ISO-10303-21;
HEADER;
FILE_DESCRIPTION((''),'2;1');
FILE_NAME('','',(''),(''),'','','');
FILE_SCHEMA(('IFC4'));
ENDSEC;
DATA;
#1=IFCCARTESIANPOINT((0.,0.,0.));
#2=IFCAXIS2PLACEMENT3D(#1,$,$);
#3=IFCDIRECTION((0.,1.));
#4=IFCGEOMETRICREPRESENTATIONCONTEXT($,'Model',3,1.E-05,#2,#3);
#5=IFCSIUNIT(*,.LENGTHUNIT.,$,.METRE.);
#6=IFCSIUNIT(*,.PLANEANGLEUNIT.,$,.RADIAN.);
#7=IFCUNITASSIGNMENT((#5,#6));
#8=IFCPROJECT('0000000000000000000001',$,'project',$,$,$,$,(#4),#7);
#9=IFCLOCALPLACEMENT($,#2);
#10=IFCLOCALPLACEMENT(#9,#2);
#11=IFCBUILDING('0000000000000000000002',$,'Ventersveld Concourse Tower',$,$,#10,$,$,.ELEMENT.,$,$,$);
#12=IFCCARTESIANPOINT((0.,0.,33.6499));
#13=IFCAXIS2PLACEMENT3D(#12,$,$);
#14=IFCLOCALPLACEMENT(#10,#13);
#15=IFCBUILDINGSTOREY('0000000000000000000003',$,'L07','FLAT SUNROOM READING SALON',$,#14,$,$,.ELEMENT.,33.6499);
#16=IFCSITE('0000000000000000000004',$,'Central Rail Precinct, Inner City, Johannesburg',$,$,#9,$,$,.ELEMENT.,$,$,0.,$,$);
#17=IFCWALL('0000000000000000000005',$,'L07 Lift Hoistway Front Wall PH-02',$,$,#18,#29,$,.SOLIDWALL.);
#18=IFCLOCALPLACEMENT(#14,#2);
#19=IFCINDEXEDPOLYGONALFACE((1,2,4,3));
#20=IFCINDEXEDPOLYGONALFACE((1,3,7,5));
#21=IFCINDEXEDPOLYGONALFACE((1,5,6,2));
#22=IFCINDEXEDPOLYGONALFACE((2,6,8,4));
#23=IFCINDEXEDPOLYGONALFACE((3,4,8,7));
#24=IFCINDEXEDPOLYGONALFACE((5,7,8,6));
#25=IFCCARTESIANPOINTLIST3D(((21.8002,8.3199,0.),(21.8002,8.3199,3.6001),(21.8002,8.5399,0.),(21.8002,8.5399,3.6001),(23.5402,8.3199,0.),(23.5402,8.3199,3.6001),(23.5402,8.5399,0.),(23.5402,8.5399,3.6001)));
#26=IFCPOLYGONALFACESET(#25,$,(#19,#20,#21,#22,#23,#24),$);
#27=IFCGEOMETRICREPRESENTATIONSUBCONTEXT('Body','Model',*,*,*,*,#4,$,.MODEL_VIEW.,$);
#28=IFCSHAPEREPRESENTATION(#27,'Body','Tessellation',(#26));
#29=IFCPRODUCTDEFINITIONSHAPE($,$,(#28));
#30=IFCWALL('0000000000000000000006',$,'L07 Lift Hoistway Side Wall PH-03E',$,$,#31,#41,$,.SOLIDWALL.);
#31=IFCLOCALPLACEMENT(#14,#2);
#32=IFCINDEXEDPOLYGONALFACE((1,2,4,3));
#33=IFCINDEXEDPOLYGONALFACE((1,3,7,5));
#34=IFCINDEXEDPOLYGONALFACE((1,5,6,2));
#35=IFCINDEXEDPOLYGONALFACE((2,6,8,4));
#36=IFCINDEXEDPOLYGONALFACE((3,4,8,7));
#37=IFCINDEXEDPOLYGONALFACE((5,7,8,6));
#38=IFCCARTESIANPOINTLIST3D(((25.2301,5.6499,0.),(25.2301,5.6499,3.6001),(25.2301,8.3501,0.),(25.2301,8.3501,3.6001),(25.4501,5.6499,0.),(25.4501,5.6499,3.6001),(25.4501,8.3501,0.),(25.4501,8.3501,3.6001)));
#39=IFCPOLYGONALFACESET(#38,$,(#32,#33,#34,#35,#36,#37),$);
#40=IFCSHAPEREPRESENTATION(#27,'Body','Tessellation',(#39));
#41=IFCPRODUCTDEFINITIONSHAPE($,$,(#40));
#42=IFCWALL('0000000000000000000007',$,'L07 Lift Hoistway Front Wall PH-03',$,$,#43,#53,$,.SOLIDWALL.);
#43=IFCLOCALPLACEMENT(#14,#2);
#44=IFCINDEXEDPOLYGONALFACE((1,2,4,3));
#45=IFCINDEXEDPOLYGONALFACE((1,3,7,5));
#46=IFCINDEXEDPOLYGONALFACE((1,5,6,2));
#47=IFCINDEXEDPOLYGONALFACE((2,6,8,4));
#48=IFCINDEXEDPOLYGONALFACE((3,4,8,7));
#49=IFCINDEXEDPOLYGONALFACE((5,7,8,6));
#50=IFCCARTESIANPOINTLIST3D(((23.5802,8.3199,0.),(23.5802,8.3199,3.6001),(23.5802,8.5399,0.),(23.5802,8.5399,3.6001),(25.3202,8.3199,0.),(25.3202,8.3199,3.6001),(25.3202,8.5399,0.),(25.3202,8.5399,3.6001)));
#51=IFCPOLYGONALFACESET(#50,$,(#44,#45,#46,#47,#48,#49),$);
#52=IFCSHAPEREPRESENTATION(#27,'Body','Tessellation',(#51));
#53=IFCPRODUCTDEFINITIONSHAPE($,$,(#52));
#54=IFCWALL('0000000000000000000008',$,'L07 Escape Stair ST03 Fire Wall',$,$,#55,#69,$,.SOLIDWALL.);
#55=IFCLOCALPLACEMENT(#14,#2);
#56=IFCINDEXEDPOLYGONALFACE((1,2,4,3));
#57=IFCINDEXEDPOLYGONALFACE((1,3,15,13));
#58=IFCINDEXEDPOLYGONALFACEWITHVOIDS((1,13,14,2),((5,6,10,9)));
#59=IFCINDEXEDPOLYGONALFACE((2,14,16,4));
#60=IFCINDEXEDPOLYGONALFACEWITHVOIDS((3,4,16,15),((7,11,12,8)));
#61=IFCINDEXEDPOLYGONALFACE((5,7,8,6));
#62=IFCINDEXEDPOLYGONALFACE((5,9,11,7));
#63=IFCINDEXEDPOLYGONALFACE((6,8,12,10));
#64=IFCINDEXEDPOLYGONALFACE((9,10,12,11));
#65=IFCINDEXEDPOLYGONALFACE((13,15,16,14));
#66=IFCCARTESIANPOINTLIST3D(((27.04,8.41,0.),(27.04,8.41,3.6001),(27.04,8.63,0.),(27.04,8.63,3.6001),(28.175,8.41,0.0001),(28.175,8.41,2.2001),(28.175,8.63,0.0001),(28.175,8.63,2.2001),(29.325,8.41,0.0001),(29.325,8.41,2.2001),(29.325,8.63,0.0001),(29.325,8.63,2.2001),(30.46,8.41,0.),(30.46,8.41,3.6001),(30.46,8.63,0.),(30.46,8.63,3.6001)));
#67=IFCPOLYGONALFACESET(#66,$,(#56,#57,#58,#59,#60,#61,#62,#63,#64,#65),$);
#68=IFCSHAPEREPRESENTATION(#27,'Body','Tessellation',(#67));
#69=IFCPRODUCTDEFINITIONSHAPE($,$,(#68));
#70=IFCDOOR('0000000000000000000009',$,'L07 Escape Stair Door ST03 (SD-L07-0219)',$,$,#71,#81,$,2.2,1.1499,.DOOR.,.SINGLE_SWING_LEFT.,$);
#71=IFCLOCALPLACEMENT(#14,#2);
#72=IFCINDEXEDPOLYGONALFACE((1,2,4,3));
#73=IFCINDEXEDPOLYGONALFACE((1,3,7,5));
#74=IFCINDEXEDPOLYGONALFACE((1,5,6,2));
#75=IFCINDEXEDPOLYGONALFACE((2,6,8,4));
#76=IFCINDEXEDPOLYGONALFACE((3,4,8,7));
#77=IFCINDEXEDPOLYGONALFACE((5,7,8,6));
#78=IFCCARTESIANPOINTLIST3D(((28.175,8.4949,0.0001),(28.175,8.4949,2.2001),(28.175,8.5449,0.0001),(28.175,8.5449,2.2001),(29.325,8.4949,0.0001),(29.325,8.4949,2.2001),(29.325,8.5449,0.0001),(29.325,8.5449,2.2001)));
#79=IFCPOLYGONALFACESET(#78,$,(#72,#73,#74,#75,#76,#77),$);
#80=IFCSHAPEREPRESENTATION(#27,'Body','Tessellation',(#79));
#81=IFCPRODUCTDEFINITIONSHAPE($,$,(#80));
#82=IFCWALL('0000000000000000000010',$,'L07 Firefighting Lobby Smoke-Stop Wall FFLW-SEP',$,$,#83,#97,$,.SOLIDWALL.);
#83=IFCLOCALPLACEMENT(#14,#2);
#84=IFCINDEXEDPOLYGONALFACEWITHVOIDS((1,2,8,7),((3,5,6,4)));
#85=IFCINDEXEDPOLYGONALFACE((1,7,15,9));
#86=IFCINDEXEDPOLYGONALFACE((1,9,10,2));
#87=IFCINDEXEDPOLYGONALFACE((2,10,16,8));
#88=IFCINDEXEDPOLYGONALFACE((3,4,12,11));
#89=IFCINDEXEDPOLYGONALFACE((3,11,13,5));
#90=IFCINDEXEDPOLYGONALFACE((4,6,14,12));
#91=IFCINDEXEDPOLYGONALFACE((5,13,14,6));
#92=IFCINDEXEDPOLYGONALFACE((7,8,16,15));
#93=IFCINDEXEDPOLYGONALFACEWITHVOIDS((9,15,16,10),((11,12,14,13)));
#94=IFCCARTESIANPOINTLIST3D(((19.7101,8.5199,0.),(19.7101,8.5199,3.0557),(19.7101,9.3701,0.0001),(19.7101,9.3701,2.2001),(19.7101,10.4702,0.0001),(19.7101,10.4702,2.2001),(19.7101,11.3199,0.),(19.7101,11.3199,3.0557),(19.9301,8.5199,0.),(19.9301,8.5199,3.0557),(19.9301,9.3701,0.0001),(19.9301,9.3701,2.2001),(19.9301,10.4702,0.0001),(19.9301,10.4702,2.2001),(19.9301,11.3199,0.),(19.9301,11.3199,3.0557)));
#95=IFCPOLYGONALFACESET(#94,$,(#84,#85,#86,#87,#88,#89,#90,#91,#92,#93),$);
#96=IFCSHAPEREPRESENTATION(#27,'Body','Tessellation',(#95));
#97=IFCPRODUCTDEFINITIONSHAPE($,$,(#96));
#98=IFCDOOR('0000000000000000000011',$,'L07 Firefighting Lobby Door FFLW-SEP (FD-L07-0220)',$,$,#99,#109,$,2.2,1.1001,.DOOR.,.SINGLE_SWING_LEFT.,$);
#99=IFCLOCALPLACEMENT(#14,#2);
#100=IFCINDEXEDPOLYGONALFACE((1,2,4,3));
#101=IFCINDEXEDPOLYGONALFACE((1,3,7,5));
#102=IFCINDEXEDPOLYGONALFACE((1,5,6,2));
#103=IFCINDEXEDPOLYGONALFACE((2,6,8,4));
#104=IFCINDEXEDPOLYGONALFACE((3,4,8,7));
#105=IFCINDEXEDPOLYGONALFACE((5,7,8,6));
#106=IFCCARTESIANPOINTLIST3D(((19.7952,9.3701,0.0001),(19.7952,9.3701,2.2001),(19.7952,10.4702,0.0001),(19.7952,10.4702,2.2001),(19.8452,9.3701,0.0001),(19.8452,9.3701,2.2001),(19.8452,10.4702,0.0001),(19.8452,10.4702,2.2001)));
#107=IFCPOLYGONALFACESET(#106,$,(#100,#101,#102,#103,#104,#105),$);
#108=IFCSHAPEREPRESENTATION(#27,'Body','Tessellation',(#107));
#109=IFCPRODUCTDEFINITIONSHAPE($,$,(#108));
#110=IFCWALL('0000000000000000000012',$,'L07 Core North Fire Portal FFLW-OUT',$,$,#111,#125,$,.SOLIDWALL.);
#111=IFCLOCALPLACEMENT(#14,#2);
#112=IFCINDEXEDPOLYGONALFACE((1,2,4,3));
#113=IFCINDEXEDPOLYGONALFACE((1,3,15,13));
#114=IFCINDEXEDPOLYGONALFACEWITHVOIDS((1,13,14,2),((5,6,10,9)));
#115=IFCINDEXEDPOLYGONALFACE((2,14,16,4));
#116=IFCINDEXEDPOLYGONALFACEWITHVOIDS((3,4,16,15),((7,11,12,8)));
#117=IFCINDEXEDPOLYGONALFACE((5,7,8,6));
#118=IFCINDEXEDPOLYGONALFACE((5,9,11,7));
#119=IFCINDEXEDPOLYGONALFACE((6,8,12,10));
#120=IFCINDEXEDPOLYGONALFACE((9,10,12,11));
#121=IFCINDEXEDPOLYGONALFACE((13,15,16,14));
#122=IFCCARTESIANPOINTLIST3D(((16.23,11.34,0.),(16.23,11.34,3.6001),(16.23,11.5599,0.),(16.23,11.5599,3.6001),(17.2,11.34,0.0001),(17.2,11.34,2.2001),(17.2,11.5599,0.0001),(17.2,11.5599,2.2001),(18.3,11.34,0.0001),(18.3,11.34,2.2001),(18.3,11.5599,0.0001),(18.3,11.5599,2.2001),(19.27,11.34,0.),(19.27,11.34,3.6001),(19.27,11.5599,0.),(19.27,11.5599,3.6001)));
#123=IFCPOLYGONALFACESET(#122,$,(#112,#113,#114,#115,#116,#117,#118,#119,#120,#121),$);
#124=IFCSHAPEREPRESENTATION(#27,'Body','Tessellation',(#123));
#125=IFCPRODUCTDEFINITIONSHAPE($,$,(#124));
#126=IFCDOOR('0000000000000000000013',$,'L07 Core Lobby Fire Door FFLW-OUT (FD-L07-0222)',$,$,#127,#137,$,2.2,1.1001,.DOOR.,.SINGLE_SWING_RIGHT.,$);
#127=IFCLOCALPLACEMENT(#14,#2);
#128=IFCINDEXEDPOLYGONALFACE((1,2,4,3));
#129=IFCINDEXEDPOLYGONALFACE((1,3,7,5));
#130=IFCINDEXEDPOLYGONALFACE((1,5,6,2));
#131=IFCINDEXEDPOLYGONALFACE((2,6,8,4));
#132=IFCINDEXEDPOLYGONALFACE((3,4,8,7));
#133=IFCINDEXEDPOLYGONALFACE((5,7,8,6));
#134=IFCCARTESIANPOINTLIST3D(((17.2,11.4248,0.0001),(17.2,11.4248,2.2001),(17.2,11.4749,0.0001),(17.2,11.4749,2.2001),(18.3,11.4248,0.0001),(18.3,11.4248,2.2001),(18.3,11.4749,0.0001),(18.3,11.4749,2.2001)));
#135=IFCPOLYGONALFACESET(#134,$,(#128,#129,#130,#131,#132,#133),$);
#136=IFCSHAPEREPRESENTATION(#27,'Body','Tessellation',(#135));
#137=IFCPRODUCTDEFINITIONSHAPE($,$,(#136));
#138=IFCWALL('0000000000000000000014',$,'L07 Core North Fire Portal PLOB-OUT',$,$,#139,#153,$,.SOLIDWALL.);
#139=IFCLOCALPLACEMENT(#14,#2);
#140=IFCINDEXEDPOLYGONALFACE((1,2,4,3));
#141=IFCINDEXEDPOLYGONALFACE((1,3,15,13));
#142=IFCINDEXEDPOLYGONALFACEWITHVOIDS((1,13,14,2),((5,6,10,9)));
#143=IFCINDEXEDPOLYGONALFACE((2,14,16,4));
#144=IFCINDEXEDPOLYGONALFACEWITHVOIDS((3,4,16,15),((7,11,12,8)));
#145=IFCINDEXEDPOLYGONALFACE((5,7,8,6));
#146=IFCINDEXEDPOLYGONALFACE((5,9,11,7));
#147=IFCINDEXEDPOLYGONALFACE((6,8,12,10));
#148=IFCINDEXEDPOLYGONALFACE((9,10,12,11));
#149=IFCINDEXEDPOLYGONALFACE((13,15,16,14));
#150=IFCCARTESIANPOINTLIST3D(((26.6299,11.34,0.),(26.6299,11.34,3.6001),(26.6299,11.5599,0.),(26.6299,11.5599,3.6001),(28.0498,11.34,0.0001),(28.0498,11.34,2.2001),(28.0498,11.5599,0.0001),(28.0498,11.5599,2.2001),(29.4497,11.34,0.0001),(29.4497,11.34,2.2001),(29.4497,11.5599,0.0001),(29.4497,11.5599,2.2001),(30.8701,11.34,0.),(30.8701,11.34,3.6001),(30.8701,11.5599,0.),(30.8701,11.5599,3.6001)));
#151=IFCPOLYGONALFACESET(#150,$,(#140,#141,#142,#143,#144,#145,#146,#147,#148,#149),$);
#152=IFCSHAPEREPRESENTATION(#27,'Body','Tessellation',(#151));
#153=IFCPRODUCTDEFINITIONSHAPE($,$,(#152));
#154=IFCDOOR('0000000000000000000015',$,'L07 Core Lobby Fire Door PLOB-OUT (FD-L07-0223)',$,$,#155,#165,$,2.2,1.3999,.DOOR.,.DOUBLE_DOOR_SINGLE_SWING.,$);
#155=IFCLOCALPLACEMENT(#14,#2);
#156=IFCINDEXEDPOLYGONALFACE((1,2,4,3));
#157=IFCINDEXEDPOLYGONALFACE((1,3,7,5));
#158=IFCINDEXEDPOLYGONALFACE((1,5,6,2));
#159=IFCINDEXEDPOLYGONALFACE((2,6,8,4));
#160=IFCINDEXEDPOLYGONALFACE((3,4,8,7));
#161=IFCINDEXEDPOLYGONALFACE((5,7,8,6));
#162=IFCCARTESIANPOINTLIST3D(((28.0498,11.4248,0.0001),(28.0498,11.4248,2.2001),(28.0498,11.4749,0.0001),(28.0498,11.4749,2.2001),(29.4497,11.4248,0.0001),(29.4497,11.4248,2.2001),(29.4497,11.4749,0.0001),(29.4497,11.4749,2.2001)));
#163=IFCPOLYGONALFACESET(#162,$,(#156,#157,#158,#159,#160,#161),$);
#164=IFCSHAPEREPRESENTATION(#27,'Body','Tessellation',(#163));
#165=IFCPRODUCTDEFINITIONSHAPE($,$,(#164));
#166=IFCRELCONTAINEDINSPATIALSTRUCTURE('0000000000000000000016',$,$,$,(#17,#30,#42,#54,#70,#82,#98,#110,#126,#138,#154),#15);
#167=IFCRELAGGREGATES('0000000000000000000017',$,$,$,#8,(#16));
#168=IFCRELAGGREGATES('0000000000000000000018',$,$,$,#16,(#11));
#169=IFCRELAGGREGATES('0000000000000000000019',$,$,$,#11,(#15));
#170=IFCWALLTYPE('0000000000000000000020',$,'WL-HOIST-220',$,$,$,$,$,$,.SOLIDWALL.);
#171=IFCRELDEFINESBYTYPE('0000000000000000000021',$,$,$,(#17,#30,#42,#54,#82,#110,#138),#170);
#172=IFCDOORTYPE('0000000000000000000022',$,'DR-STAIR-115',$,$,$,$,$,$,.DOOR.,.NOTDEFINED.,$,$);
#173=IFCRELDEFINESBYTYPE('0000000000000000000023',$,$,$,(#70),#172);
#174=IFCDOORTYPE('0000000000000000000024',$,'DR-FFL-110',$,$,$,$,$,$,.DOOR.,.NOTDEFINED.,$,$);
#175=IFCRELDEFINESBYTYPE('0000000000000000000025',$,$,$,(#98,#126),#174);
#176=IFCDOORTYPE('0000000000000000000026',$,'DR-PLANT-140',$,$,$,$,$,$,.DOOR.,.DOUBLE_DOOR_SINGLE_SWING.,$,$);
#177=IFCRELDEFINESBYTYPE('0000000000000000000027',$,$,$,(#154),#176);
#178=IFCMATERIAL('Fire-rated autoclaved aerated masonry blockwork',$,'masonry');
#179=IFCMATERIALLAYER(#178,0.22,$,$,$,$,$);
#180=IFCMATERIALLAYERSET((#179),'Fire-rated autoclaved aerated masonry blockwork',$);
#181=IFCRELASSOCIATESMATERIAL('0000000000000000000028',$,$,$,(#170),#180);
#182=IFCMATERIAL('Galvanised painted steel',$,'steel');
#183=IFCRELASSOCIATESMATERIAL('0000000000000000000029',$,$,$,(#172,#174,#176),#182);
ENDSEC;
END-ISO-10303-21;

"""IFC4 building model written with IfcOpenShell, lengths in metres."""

from ifc_helpers import new_model, si_unit, direction, frame, frame_2d, origin, place, context, subcontext, project, spatial, rectangle, extrude, material, layer, layer_set, type_object, element, fill, save


model = new_model("IFC4")

# Units and contexts
model_context = context("Model", 3, precision=1e-05, world=origin(), true_north=direction((0.0, 1.0)))
body_context = subcontext(model_context, "Body", "Model", "MODEL_VIEW")
ifc_project = project(units=[si_unit("LENGTHUNIT", "METRE"), si_unit("PLANEANGLEUNIT", "RADIAN")], contexts=[model_context])

# Site, building, storey
site_placement = place(None, origin())
site = spatial("IfcSite", under=ifc_project, at=site_placement, Name="Central Rail Precinct, Inner City, Johannesburg", CompositionType="ELEMENT", RefElevation=0.0)
building_placement = place(site_placement, origin())
building = spatial("IfcBuilding", under=site, at=building_placement, Name="Ventersveld Concourse Tower", CompositionType="ELEMENT")
storey_placement = place(building_placement, frame((0.0, 0.0, 33.6499)))
storey = spatial("IfcBuildingStorey", under=building, at=storey_placement, Name="L07", Description="FLAT SUNROOM READING SALON", CompositionType="ELEMENT", Elevation=33.6499)

# Shared definitions
ifc_material_1 = material(Name="Fire-rated autoclaved aerated masonry blockwork", Category="masonry")
ifc_layer_1 = layer(ifc_material_1, 0.22)
ifc_layer_set_1 = layer_set([ifc_layer_1], Name="Fire-rated autoclaved aerated masonry blockwork")
wall_type_1 = type_object("IfcWallType", Name="WL-HOIST-220", PredefinedType="SOLIDWALL", material=ifc_layer_set_1)

# Walls
wall_1_placement = place(storey_placement, frame((21.8, 8.4299, 0.0), z_axis=(0.0, 0.0, 1.0), x_axis=(1.0, 0.0, 0.0)))
element("IfcWall", 1, at=wall_1_placement, inside=storey, type_object=wall_type_1, Name="L07 Lift Hoistway Front Wall PH-02", PredefinedType="SOLIDWALL", context=body_context, shape_type="SweptSolid", body=[
    extrude(rectangle(XDim=1.74, YDim=0.22, at=frame_2d((0.8701, 0.0))), origin(), (0.0, 0.0, 1.0), 3.6001),
])
wall_2_placement = place(storey_placement, frame((25.3401, 5.6499, 0.0), z_axis=(0.0, 0.0, 1.0), x_axis=(0.0, 1.0, 0.0)))
element("IfcWall", 2, at=wall_2_placement, inside=storey, type_object=wall_type_1, Name="L07 Lift Hoistway Side Wall PH-03E", PredefinedType="SOLIDWALL", context=body_context, shape_type="SweptSolid", body=[
    extrude(rectangle(XDim=2.7002, YDim=0.22, at=frame_2d((1.3501, 0.0))), origin(), (0.0, 0.0, 1.0), 3.6001),
])
wall_3_placement = place(storey_placement, frame((23.5801, 8.4299, 0.0), z_axis=(0.0, 0.0, 1.0), x_axis=(1.0, 0.0, 0.0)))
element("IfcWall", 3, at=wall_3_placement, inside=storey, type_object=wall_type_1, Name="L07 Lift Hoistway Front Wall PH-03", PredefinedType="SOLIDWALL", context=body_context, shape_type="SweptSolid", body=[
    extrude(rectangle(XDim=1.74, YDim=0.22, at=frame_2d((0.8701, 0.0))), origin(), (0.0, 0.0, 1.0), 3.6001),
])

# Walls, openings, doors
wall_4_placement = place(storey_placement, frame((27.04, 8.52, 0.0), z_axis=(0.0, 0.0, 1.0), x_axis=(1.0, 0.0, 0.0)))
wall_4 = element("IfcWall", 4, at=wall_4_placement, inside=storey, type_object=wall_type_1, Name="L07 Escape Stair ST03 Fire Wall", PredefinedType="SOLIDWALL", context=body_context, shape_type="SweptSolid", body=[
    extrude(rectangle(XDim=3.4199, YDim=0.22, at=frame_2d((1.71, 0.0))), origin(), (0.0, 0.0, 1.0), 3.6001),
])
opening_1_placement = place(wall_4_placement, frame((1.135, 0.0, 0.0)))
opening_1 = element("IfcOpeningElement", 5, at=opening_1_placement, cuts=wall_4, PredefinedType="OPENING", context=body_context, shape_type="SweptSolid", body=[
    extrude(rectangle(XDim=1.1499, YDim=2.2, at=frame_2d((0.575, 1.1001))), frame((0.0, 0.1201, 0.0), z_axis=(0.0, -1.0, 0.0), x_axis=(1.0, 0.0, 0.0)), (0.0, 0.0, 1.0), 0.24),
])
ifc_material_2 = material(Name="Galvanised painted steel", Category="steel")
door_type_1 = type_object("IfcDoorType", Name="DR-STAIR-115", OperationType="NOTDEFINED", PredefinedType="DOOR", material=ifc_material_2)
door_1_placement = place(opening_1_placement, origin())
door_1 = element("IfcDoor", 6, at=door_1_placement, inside=storey, type_object=door_type_1, Name="L07 Escape Stair Door ST03 (SD-L07-0219)", OperationType="SINGLE_SWING_LEFT", OverallHeight=2.2, OverallWidth=1.1499, PredefinedType="DOOR", context=body_context, shape_type="SweptSolid", body=[
    extrude(rectangle(XDim=1.1499, YDim=2.2, at=frame_2d((0.575, 1.1001))), frame((0.0, 0.0249, 0.0), z_axis=(0.0, -1.0, 0.0), x_axis=(1.0, 0.0, 0.0)), (0.0, 0.0, 1.0), 0.05),
])
fill(opening_1, door_1)
wall_5_placement = place(storey_placement, frame((19.8201, 8.52, 0.0), z_axis=(0.0, 0.0, 1.0), x_axis=(0.0, 1.0, 0.0)))
wall_5 = element("IfcWall", 7, at=wall_5_placement, inside=storey, type_object=wall_type_1, Name="L07 Firefighting Lobby Smoke-Stop Wall FFLW-SEP", PredefinedType="SOLIDWALL", context=body_context, shape_type="SweptSolid", body=[
    extrude(rectangle(XDim=2.8, YDim=0.22, at=frame_2d((1.3999, 0.0))), origin(), (0.0, 0.0, 1.0), 3.0557),
])
opening_2_placement = place(wall_5_placement, frame((0.8501, 0.0, 0.0)))
opening_2 = element("IfcOpeningElement", 8, at=opening_2_placement, cuts=wall_5, PredefinedType="OPENING", context=body_context, shape_type="SweptSolid", body=[
    extrude(rectangle(XDim=1.1001, YDim=2.2, at=frame_2d((0.55, 1.1001))), frame((0.0, 0.1201, 0.0), z_axis=(0.0, -1.0, 0.0), x_axis=(1.0, 0.0, 0.0)), (0.0, 0.0, 1.0), 0.24),
])
door_type_2 = type_object("IfcDoorType", Name="DR-FFL-110", OperationType="NOTDEFINED", PredefinedType="DOOR", material=ifc_material_2)
door_2_placement = place(opening_2_placement, origin())
door_2 = element("IfcDoor", 9, at=door_2_placement, inside=storey, type_object=door_type_2, Name="L07 Firefighting Lobby Door FFLW-SEP (FD-L07-0220)", OperationType="SINGLE_SWING_LEFT", OverallHeight=2.2, OverallWidth=1.1001, PredefinedType="DOOR", context=body_context, shape_type="SweptSolid", body=[
    extrude(rectangle(XDim=1.1001, YDim=2.2, at=frame_2d((0.55, 1.1001))), frame((0.0, 0.0249, 0.0), z_axis=(0.0, -1.0, 0.0), x_axis=(1.0, 0.0, 0.0)), (0.0, 0.0, 1.0), 0.05),
])
fill(opening_2, door_2)
wall_6_placement = place(storey_placement, frame((16.23, 11.45, 0.0), z_axis=(0.0, 0.0, 1.0), x_axis=(1.0, 0.0, 0.0)))
wall_6 = element("IfcWall", 10, at=wall_6_placement, inside=storey, type_object=wall_type_1, Name="L07 Core North Fire Portal FFLW-OUT", PredefinedType="SOLIDWALL", context=body_context, shape_type="SweptSolid", body=[
    extrude(rectangle(XDim=3.04, YDim=0.22, at=frame_2d((1.52, 0.0))), origin(), (0.0, 0.0, 1.0), 3.6001),
])
opening_3_placement = place(wall_6_placement, frame((0.97, 0.0, 0.0)))
opening_3 = element("IfcOpeningElement", 11, at=opening_3_placement, cuts=wall_6, PredefinedType="OPENING", context=body_context, shape_type="SweptSolid", body=[
    extrude(rectangle(XDim=1.1001, YDim=2.2, at=frame_2d((0.55, 1.1001))), frame((0.0, 0.1201, 0.0), z_axis=(0.0, -1.0, 0.0), x_axis=(1.0, 0.0, 0.0)), (0.0, 0.0, 1.0), 0.24),
])
door_3_placement = place(opening_3_placement, origin())
door_3 = element("IfcDoor", 12, at=door_3_placement, inside=storey, type_object=door_type_2, Name="L07 Core Lobby Fire Door FFLW-OUT (FD-L07-0222)", OperationType="SINGLE_SWING_RIGHT", OverallHeight=2.2, OverallWidth=1.1001, PredefinedType="DOOR", context=body_context, shape_type="SweptSolid", body=[
    extrude(rectangle(XDim=1.1001, YDim=2.2, at=frame_2d((0.55, 1.1001))), frame((0.0, 0.0249, 0.0), z_axis=(0.0, -1.0, 0.0), x_axis=(1.0, 0.0, 0.0)), (0.0, 0.0, 1.0), 0.05),
])
fill(opening_3, door_3)
wall_7_placement = place(storey_placement, frame((26.6299, 11.45, 0.0), z_axis=(0.0, 0.0, 1.0), x_axis=(1.0, 0.0, 0.0)))
wall_7 = element("IfcWall", 13, at=wall_7_placement, inside=storey, type_object=wall_type_1, Name="L07 Core North Fire Portal PLOB-OUT", PredefinedType="SOLIDWALL", context=body_context, shape_type="SweptSolid", body=[
    extrude(rectangle(XDim=4.2402, YDim=0.22, at=frame_2d((2.1201, 0.0))), origin(), (0.0, 0.0, 1.0), 3.6001),
])
opening_4_placement = place(wall_7_placement, frame((1.4199, 0.0, 0.0)))
opening_4 = element("IfcOpeningElement", 14, at=opening_4_placement, cuts=wall_7, PredefinedType="OPENING", context=body_context, shape_type="SweptSolid", body=[
    extrude(rectangle(XDim=1.3999, YDim=2.2, at=frame_2d((0.7, 1.1001))), frame((0.0, 0.1201, 0.0), z_axis=(0.0, -1.0, 0.0), x_axis=(1.0, 0.0, 0.0)), (0.0, 0.0, 1.0), 0.24),
])
door_type_3 = type_object("IfcDoorType", Name="DR-PLANT-140", OperationType="DOUBLE_DOOR_SINGLE_SWING", PredefinedType="DOOR", material=ifc_material_2)
door_4_placement = place(opening_4_placement, origin())
door_4 = element("IfcDoor", 15, at=door_4_placement, inside=storey, type_object=door_type_3, Name="L07 Core Lobby Fire Door PLOB-OUT (FD-L07-0223)", OperationType="DOUBLE_DOOR_SINGLE_SWING", OverallHeight=2.2, OverallWidth=1.3999, PredefinedType="DOOR", context=body_context, shape_type="SweptSolid", body=[
    extrude(rectangle(XDim=1.3999, YDim=2.2, at=frame_2d((0.7, 1.1001))), frame((0.0, 0.0249, 0.0), z_axis=(0.0, -1.0, 0.0), x_axis=(1.0, 0.0, 0.0)), (0.0, 0.0, 1.0), 0.05),
])
fill(opening_4, door_4)

save(model, "model.ifc")
